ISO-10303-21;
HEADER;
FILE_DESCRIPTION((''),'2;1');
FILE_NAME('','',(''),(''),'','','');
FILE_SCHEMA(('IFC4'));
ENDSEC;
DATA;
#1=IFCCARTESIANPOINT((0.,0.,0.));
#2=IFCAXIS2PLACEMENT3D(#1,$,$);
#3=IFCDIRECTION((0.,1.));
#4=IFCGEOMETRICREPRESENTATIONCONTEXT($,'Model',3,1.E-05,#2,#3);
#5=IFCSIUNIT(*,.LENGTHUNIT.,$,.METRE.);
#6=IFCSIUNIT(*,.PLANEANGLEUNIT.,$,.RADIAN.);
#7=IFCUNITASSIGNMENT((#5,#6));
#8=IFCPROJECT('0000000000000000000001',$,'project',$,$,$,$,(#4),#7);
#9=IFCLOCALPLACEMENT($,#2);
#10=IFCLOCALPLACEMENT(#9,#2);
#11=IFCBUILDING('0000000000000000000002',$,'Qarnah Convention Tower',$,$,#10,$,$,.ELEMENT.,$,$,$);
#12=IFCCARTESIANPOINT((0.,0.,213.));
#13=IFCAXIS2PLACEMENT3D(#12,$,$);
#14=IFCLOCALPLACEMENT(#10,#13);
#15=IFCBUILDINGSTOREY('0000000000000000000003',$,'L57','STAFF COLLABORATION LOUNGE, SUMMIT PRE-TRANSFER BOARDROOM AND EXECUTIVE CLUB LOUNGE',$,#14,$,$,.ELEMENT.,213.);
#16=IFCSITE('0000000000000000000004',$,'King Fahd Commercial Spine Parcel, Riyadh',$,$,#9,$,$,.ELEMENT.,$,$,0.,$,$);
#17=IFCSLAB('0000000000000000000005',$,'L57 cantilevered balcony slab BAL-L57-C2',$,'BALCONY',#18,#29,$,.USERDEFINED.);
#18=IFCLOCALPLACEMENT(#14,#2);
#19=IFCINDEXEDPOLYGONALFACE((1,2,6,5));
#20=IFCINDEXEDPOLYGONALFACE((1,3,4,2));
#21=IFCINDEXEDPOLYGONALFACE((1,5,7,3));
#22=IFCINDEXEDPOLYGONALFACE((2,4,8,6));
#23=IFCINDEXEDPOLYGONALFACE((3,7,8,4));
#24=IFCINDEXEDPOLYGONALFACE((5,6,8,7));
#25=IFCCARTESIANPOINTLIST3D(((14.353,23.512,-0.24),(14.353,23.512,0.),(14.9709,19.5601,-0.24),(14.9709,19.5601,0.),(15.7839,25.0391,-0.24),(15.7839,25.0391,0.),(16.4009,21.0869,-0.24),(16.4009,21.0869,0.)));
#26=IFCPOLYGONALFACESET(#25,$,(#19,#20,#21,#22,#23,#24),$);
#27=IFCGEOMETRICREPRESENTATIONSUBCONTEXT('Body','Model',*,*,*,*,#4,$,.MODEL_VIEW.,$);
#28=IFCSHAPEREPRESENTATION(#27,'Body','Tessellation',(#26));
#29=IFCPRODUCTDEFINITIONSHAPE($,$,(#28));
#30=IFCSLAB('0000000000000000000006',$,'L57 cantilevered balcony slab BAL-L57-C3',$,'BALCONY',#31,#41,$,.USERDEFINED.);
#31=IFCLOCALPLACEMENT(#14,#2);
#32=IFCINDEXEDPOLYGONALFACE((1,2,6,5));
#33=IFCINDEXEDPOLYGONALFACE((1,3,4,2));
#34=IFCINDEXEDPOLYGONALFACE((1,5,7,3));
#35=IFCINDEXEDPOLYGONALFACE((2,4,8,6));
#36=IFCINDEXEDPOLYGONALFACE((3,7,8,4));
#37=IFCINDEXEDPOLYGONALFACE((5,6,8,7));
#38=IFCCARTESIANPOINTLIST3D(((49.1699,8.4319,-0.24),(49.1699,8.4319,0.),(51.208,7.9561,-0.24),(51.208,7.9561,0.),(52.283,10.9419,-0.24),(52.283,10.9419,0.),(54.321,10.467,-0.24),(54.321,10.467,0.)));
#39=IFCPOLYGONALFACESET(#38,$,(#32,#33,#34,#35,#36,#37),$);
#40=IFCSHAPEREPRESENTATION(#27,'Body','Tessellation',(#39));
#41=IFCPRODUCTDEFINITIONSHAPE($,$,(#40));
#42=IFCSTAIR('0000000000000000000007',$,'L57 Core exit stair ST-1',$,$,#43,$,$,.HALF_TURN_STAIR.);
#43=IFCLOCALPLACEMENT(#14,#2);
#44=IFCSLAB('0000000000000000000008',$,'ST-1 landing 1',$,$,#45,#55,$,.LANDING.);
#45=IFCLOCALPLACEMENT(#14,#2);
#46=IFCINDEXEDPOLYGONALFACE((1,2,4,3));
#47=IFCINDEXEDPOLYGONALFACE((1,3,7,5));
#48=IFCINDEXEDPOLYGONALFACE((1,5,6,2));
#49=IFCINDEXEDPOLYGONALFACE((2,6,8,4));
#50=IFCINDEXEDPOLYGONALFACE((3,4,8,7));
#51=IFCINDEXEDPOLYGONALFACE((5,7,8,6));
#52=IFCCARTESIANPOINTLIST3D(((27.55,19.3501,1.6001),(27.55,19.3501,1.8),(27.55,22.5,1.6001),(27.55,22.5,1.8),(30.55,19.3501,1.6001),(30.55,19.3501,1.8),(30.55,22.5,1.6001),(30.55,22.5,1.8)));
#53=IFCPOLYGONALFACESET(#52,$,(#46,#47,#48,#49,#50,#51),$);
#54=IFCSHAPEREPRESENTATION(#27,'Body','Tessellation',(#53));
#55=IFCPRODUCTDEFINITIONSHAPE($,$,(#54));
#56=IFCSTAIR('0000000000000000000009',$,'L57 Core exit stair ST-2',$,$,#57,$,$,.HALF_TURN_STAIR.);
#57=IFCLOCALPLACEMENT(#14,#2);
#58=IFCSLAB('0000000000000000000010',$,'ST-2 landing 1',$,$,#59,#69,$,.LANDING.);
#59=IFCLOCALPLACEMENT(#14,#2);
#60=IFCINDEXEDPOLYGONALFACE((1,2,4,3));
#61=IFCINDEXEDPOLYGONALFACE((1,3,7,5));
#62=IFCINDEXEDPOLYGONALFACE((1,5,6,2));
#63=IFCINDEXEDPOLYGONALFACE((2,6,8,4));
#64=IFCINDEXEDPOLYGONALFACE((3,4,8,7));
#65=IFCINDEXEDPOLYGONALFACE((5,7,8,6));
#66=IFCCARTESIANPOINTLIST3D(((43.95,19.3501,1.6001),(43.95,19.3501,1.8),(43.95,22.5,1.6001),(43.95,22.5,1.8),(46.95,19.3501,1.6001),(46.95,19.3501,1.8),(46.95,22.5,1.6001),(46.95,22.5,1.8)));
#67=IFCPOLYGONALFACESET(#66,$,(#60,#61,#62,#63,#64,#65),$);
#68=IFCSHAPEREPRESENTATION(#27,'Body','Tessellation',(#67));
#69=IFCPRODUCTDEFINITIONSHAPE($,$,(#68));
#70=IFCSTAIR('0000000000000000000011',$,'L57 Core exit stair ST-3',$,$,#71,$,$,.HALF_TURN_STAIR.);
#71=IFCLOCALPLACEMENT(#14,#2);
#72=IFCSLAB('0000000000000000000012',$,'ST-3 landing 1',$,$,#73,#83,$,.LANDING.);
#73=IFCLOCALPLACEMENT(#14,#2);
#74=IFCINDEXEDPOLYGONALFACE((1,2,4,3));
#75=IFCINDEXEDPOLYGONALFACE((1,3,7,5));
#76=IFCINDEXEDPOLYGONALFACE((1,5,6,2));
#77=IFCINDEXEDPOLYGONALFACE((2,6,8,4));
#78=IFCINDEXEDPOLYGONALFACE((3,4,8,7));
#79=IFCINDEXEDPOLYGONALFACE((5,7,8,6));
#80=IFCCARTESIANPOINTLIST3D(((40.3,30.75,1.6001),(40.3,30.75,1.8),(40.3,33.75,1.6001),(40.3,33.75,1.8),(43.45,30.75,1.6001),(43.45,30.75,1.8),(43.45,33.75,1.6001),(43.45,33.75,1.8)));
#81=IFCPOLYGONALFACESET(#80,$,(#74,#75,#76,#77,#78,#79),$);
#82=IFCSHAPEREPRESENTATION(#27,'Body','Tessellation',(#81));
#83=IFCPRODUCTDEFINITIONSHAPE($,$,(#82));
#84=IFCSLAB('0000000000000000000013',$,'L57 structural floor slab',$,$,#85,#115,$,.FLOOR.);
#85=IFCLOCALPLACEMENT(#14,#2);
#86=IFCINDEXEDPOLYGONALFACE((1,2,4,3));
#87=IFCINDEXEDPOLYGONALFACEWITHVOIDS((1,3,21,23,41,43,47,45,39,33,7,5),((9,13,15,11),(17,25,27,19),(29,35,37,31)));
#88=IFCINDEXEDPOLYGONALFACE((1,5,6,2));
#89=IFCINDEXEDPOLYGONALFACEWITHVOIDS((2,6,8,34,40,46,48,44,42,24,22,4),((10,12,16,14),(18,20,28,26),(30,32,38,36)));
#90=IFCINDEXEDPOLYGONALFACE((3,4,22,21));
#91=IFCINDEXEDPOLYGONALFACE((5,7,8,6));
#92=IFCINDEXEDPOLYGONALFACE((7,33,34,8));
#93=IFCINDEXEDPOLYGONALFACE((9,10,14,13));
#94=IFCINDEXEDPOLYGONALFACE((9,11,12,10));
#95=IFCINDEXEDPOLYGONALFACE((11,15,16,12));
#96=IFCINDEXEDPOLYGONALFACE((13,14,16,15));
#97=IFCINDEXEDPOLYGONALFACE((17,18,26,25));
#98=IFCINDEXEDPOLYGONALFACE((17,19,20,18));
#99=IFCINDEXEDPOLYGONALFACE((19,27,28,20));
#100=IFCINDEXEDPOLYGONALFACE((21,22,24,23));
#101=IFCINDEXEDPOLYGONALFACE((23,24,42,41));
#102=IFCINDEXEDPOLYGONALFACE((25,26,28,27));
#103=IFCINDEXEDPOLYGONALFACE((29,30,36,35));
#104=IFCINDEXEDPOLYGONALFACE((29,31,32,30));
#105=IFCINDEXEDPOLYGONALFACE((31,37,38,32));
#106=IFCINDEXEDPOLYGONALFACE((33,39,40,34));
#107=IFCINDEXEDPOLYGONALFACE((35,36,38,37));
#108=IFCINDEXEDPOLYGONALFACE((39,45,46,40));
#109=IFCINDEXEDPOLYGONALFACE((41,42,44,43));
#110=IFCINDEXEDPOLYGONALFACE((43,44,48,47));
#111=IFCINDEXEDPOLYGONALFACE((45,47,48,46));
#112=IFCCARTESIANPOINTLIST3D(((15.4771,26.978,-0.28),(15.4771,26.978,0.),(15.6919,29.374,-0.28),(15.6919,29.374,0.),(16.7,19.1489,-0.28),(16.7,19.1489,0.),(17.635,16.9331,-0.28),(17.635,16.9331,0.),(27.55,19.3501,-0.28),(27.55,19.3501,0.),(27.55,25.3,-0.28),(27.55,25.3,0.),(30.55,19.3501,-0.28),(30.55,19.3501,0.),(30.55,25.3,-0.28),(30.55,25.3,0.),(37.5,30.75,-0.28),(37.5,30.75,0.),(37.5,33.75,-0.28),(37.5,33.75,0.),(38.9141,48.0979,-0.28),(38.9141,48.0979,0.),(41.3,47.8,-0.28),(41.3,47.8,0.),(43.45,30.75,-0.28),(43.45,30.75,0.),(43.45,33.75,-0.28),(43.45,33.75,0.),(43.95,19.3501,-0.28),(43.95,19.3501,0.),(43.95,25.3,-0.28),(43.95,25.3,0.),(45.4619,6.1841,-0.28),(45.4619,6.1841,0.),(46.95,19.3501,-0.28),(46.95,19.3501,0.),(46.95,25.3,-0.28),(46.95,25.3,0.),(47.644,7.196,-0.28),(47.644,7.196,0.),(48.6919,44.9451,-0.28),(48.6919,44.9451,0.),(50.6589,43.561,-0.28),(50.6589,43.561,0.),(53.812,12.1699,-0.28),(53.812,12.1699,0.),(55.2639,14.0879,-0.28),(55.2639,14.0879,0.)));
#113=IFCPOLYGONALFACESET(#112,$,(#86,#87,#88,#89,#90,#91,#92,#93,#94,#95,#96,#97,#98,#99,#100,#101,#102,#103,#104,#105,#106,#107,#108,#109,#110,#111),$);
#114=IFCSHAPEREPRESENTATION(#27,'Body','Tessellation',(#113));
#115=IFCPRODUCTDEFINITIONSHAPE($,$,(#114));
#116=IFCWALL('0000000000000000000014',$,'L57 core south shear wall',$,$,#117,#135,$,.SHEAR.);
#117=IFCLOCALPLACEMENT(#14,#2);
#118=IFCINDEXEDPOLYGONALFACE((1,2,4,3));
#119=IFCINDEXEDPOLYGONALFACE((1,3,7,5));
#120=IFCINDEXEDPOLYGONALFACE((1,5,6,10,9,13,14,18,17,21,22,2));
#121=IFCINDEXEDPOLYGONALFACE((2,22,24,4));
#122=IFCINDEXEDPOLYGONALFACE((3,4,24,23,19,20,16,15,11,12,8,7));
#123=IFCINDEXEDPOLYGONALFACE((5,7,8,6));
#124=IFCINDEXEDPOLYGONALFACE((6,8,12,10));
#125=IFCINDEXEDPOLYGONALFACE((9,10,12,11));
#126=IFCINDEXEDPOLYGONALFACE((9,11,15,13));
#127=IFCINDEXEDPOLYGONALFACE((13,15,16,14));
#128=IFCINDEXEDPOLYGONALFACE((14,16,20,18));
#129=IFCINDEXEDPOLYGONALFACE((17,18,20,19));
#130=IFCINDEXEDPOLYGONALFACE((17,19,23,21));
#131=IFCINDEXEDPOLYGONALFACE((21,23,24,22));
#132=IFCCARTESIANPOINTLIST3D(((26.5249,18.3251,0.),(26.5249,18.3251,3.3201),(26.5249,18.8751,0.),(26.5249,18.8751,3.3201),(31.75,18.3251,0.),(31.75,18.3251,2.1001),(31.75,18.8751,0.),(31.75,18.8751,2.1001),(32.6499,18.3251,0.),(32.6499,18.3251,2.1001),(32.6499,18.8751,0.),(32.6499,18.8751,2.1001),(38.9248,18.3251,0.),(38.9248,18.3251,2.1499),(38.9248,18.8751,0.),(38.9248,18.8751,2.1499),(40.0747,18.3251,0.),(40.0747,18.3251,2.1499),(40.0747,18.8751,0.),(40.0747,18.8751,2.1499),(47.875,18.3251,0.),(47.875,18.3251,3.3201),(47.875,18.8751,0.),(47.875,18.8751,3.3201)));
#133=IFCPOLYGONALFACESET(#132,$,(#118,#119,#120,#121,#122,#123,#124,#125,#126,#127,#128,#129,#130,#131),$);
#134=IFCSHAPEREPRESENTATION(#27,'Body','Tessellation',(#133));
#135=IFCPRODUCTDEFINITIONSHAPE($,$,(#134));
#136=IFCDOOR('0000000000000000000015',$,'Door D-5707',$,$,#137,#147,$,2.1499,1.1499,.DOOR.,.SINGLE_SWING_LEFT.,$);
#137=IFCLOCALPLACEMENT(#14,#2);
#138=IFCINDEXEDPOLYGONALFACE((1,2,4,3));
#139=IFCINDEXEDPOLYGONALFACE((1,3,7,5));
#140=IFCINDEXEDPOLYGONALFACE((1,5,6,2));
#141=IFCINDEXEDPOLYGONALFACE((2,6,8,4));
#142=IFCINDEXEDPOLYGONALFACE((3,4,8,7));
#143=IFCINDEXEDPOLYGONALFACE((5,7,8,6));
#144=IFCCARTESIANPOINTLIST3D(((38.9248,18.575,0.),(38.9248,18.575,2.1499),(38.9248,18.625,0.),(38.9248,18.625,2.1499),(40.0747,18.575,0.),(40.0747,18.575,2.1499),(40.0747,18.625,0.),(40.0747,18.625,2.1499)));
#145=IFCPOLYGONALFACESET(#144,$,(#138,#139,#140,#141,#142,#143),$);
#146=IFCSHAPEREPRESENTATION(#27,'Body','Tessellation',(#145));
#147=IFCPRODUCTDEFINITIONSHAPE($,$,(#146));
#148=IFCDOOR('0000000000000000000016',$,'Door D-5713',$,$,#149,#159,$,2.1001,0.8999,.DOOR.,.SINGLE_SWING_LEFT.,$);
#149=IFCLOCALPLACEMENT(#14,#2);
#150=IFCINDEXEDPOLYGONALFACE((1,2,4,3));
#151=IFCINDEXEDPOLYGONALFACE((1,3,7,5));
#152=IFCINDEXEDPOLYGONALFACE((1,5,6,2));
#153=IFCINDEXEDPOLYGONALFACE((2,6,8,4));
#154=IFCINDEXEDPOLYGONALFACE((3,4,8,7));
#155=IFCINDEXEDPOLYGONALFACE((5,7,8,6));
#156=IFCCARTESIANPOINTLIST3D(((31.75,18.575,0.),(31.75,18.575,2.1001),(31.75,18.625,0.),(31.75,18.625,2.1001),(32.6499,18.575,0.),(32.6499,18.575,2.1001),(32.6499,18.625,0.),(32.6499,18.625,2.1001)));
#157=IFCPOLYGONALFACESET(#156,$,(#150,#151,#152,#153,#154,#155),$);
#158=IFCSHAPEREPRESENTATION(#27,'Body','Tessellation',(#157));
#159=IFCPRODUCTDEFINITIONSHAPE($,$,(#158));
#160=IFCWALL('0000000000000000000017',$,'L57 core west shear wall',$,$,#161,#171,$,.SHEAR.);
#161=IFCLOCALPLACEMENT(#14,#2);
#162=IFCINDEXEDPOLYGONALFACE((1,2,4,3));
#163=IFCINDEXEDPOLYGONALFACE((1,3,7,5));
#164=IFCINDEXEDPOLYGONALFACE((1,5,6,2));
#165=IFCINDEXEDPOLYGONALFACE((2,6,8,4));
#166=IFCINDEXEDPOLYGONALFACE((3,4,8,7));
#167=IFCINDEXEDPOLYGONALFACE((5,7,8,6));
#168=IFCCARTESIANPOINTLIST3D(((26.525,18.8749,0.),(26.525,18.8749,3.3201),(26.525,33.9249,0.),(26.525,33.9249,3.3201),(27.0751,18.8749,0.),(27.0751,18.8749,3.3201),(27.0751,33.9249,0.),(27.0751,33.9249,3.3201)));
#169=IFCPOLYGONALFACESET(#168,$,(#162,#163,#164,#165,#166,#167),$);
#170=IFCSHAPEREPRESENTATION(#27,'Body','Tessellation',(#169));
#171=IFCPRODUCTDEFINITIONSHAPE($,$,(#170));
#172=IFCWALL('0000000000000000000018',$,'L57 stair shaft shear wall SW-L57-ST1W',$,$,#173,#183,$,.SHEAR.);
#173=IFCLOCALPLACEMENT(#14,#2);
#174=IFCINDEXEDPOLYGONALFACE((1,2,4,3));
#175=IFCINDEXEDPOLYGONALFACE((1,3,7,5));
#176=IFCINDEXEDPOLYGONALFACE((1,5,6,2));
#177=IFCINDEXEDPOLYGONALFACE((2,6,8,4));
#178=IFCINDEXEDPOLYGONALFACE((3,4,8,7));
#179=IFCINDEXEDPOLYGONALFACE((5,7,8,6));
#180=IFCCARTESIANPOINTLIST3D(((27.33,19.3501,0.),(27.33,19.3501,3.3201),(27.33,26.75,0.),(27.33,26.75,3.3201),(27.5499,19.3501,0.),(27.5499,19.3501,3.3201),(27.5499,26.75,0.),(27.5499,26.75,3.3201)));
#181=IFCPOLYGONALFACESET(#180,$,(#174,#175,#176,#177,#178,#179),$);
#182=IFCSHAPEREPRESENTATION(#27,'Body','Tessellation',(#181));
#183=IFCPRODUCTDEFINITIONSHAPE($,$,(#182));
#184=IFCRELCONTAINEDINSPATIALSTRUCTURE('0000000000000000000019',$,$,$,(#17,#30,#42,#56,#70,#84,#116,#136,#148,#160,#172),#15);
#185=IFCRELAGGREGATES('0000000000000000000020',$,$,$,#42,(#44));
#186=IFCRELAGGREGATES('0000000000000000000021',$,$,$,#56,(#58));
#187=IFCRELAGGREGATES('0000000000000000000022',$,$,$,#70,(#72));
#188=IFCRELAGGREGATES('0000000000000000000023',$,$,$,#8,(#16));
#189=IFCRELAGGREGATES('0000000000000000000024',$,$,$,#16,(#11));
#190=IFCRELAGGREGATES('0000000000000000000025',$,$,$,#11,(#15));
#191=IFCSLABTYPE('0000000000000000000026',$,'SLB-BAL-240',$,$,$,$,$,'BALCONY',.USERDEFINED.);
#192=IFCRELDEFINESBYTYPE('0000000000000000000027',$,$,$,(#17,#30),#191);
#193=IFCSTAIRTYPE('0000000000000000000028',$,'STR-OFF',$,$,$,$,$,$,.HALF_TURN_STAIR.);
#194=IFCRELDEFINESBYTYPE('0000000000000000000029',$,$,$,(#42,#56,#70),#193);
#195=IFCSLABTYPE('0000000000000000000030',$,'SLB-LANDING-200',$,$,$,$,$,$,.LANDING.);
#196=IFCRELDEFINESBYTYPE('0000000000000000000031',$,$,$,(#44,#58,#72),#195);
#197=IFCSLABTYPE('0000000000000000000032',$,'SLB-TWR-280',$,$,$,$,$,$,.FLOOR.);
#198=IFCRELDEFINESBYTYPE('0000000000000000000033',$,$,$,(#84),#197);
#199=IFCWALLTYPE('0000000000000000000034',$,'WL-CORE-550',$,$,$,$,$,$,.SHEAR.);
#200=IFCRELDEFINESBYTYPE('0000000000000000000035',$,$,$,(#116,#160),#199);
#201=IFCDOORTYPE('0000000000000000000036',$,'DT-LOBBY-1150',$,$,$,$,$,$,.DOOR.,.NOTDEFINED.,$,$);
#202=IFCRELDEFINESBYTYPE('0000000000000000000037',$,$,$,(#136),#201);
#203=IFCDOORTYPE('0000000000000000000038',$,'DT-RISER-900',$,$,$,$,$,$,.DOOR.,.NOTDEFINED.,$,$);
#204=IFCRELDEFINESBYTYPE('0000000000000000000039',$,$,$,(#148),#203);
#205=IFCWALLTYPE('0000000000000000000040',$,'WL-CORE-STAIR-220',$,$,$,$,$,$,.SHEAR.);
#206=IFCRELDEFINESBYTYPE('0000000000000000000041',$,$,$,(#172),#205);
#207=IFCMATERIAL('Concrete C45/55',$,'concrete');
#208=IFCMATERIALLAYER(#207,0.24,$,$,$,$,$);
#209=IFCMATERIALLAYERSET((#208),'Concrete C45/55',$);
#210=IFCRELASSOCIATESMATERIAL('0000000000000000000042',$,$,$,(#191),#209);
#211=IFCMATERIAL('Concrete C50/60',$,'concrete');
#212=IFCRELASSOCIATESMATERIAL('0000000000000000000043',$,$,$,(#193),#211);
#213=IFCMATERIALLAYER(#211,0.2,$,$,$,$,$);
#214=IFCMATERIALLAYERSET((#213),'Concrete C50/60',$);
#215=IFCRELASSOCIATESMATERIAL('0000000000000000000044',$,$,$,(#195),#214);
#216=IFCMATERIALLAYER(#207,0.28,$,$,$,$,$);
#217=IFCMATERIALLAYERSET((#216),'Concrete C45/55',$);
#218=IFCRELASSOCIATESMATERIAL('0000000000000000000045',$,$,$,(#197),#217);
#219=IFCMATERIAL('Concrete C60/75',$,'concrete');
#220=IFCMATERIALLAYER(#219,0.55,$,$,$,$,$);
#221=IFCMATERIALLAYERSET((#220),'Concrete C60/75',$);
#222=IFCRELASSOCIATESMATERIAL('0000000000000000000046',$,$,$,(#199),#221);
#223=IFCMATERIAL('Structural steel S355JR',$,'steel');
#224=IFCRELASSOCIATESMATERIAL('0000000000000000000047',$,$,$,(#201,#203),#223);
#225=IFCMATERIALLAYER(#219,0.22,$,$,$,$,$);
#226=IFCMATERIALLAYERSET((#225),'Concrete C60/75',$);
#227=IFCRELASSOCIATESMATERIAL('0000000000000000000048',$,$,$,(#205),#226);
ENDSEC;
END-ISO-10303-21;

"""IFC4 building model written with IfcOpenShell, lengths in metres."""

from ifc_helpers import new_model, si_unit, direction, frame, frame_2d, origin, place, context, subcontext, project, spatial, polyline, rectangle, outline, extrude, material, layer, layer_set, type_object, element, fill, aggregate, save


model = new_model("IFC4")

# Units and contexts
model_context = context("Model", 3, precision=1e-05, world=origin(), true_north=direction((0.0, 1.0)))
body_context = subcontext(model_context, "Body", "Model", "MODEL_VIEW")
ifc_project = project(units=[si_unit("LENGTHUNIT", "METRE"), si_unit("PLANEANGLEUNIT", "RADIAN")], contexts=[model_context])

# Site, building, storey
site_placement = place(None, origin())
site = spatial("IfcSite", under=ifc_project, at=site_placement, Name="King Fahd Commercial Spine Parcel, Riyadh", CompositionType="ELEMENT", RefElevation=0.0)
building_placement = place(site_placement, origin())
building = spatial("IfcBuilding", under=site, at=building_placement, Name="Qarnah Convention Tower", CompositionType="ELEMENT")
storey_placement = place(building_placement, frame((0.0, 0.0, 213.0)))
storey = spatial("IfcBuildingStorey", under=building, at=storey_placement, Name="L57", Description="STAFF COLLABORATION LOUNGE, SUMMIT PRE-TRANSFER BOARDROOM AND EXECUTIVE CLUB LOUNGE", CompositionType="ELEMENT", Elevation=213.0)

# Shared definitions
ifc_material_1 = material(Name="Concrete C50/60", Category="concrete")

# Shared definitions
ifc_material_2 = material(Name="Structural steel S355JR", Category="steel")

# Slabs
ifc_material_3 = material(Name="Concrete C45/55", Category="concrete")
ifc_layer_1 = layer(ifc_material_3, 0.24)
ifc_layer_set_1 = layer_set([ifc_layer_1], Name="Concrete C45/55")
slab_type_1 = type_object("IfcSlabType", Name="SLB-BAL-240", ElementType="BALCONY", PredefinedType="USERDEFINED", material=ifc_layer_set_1)
slab_1_placement = place(storey_placement, frame((0.0, 0.0, -0.24)))
element("IfcSlab", 1, at=slab_1_placement, inside=storey, type_object=slab_type_1, Name="L57 cantilevered balcony slab BAL-L57-C2", ObjectType="BALCONY", PredefinedType="USERDEFINED", context=body_context, shape_type="SweptSolid", body=[
    extrude(outline(polyline([(14.9709, 19.5601), (14.353, 23.512), (15.7839, 25.0391), (16.4009, 21.0869), (14.9709, 19.5601)])), origin(), (0.0, 0.0, 1.0), 0.24),
])
slab_2_placement = place(storey_placement, frame((0.0, 0.0, -0.24)))
element("IfcSlab", 2, at=slab_2_placement, inside=storey, type_object=slab_type_1, Name="L57 cantilevered balcony slab BAL-L57-C3", ObjectType="BALCONY", PredefinedType="USERDEFINED", context=body_context, shape_type="SweptSolid", body=[
    extrude(outline(polyline([(54.321, 10.467), (51.208, 7.9561), (49.1699, 8.4319), (52.283, 10.9419), (54.321, 10.467)])), origin(), (0.0, 0.0, 1.0), 0.24),
])

# Stairs, slabs
stair_type = type_object("IfcStairType", Name="STR-OFF", PredefinedType="HALF_TURN_STAIR", material=ifc_material_1)
stair_1_placement = place(storey_placement, origin())
stair_1 = element("IfcStair", 3, at=stair_1_placement, inside=storey, type_object=stair_type, Name="L57 Core exit stair ST-1", PredefinedType="HALF_TURN_STAIR")
ifc_layer_2 = layer(ifc_material_1, 0.2)
ifc_layer_set_2 = layer_set([ifc_layer_2], Name="Concrete C50/60")
slab_type_2 = type_object("IfcSlabType", Name="SLB-LANDING-200", PredefinedType="LANDING", material=ifc_layer_set_2)
slab_3_placement = place(storey_placement, frame((0.0, 0.0, 1.6001)))
slab_3 = element("IfcSlab", 4, at=slab_3_placement, type_object=slab_type_2, Name="ST-1 landing 1", PredefinedType="LANDING", context=body_context, shape_type="SweptSolid", body=[
    extrude(outline(polyline([(27.55, 22.5), (27.55, 19.3501), (30.55, 19.3501), (30.55, 22.5), (27.55, 22.5)])), origin(), (0.0, 0.0, 1.0), 0.2),
])
aggregate(stair_1, [slab_3])
stair_2_placement = place(storey_placement, origin())
stair_2 = element("IfcStair", 5, at=stair_2_placement, inside=storey, type_object=stair_type, Name="L57 Core exit stair ST-2", PredefinedType="HALF_TURN_STAIR")
slab_4_placement = place(storey_placement, frame((0.0, 0.0, 1.6001)))
slab_4 = element("IfcSlab", 6, at=slab_4_placement, type_object=slab_type_2, Name="ST-2 landing 1", PredefinedType="LANDING", context=body_context, shape_type="SweptSolid", body=[
    extrude(outline(polyline([(43.95, 22.5), (43.95, 19.3501), (46.95, 19.3501), (46.95, 22.5), (43.95, 22.5)])), origin(), (0.0, 0.0, 1.0), 0.2),
])
aggregate(stair_2, [slab_4])
stair_3_placement = place(storey_placement, origin())
stair_3 = element("IfcStair", 7, at=stair_3_placement, inside=storey, type_object=stair_type, Name="L57 Core exit stair ST-3", PredefinedType="HALF_TURN_STAIR")
slab_5_placement = place(storey_placement, frame((0.0, 0.0, 1.6001)))
slab_5 = element("IfcSlab", 8, at=slab_5_placement, type_object=slab_type_2, Name="ST-3 landing 1", PredefinedType="LANDING", context=body_context, shape_type="SweptSolid", body=[
    extrude(outline(polyline([(40.3, 30.75), (43.45, 30.75), (43.45, 33.75), (40.3, 33.75), (40.3, 30.75)])), origin(), (0.0, 0.0, 1.0), 0.2),
])
aggregate(stair_3, [slab_5])

# Slab
ifc_layer_3 = layer(ifc_material_3, 0.28)
ifc_layer_set_3 = layer_set([ifc_layer_3], Name="Concrete C45/55")
slab_type_3 = type_object("IfcSlabType", Name="SLB-TWR-280", PredefinedType="FLOOR", material=ifc_layer_set_3)
slab_6_placement = place(storey_placement, frame((0.0, 0.0, -0.28)))
element("IfcSlab", 9, at=slab_6_placement, inside=storey, type_object=slab_type_3, Name="L57 structural floor slab", PredefinedType="FLOOR", context=body_context, shape_type="SweptSolid", body=[
    extrude(outline(polyline([(38.9141, 48.0979), (15.6919, 29.374), (15.4771, 26.978), (16.7, 19.1489), (17.635, 16.9331), (45.4619, 6.1841), (47.644, 7.196), (53.812, 12.1699), (55.2639, 14.0879), (50.6589, 43.561), (48.6919, 44.9451), (41.3, 47.8), (38.9141, 48.0979)]), holes=[polyline([(27.55, 25.3), (27.55, 19.3501), (30.55, 19.3501), (30.55, 25.3), (27.55, 25.3)]), polyline([(43.95, 25.3), (43.95, 19.3501), (46.95, 19.3501), (46.95, 25.3), (43.95, 25.3)]), polyline([(37.5, 30.75), (43.45, 30.75), (43.45, 33.75), (37.5, 33.75), (37.5, 30.75)])]), origin(), (0.0, 0.0, 1.0), 0.28),
])

# Wall, openings, doors
ifc_material_4 = material(Name="Concrete C60/75", Category="concrete")
ifc_layer_4 = layer(ifc_material_4, 0.55)
ifc_layer_set_4 = layer_set([ifc_layer_4], Name="Concrete C60/75")
wall_type_1 = type_object("IfcWallType", Name="WL-CORE-550", PredefinedType="SHEAR", material=ifc_layer_set_4)
wall_1_placement = place(storey_placement, frame((26.5249, 18.6001, 0.0), z_axis=(0.0, 0.0, 1.0), x_axis=(1.0, 0.0, 0.0)))
wall_1 = element("IfcWall", 10, at=wall_1_placement, inside=storey, type_object=wall_type_1, Name="L57 core south shear wall", PredefinedType="SHEAR", context=body_context, shape_type="SweptSolid", body=[
    extrude(rectangle(XDim=21.3501, YDim=0.55, at=frame_2d((10.675, 0.0))), origin(), (0.0, 0.0, 1.0), 3.3201),
])
opening_1_placement = place(wall_1_placement, frame((12.3999, 0.0, 0.0)))
opening_1 = element("IfcOpeningElement", 11, at=opening_1_placement, cuts=wall_1, PredefinedType="OPENING", context=body_context, shape_type="SweptSolid", body=[
    extrude(rectangle(XDim=1.1499, YDim=2.1499, at=frame_2d((0.575, 1.075))), frame((0.0, 0.2849, 0.0), z_axis=(0.0, -1.0, 0.0), x_axis=(1.0, 0.0, 0.0)), (0.0, 0.0, 1.0), 0.5701),
])
opening_2_placement = place(wall_1_placement, frame((5.2251, 0.0, 0.0)))
opening_2 = element("IfcOpeningElement", 12, at=opening_2_placement, cuts=wall_1, PredefinedType="OPENING", context=body_context, shape_type="SweptSolid", body=[
    extrude(rectangle(XDim=0.8999, YDim=2.1001, at=frame_2d((0.45, 1.05))), frame((0.0, 0.2849, 0.0), z_axis=(0.0, -1.0, 0.0), x_axis=(1.0, 0.0, 0.0)), (0.0, 0.0, 1.0), 0.5701),
])
door_type_1 = type_object("IfcDoorType", Name="DT-LOBBY-1150", OperationType="NOTDEFINED", PredefinedType="DOOR", material=ifc_material_2)
door_1_placement = place(opening_1_placement, origin())
door_1 = element("IfcDoor", 13, at=door_1_placement, inside=storey, type_object=door_type_1, Name="Door D-5707", OperationType="SINGLE_SWING_LEFT", OverallHeight=2.1499, OverallWidth=1.1499, PredefinedType="DOOR", context=body_context, shape_type="SweptSolid", body=[
    extrude(rectangle(XDim=1.1499, YDim=2.1499, at=frame_2d((0.575, 1.075))), frame((0.0, 0.0249, 0.0), z_axis=(0.0, -1.0, 0.0), x_axis=(1.0, 0.0, 0.0)), (0.0, 0.0, 1.0), 0.05),
])
fill(opening_1, door_1)
door_type_2 = type_object("IfcDoorType", Name="DT-RISER-900", OperationType="NOTDEFINED", PredefinedType="DOOR", material=ifc_material_2)
door_2_placement = place(opening_2_placement, origin())
door_2 = element("IfcDoor", 14, at=door_2_placement, inside=storey, type_object=door_type_2, Name="Door D-5713", OperationType="SINGLE_SWING_LEFT", OverallHeight=2.1001, OverallWidth=0.8999, PredefinedType="DOOR", context=body_context, shape_type="SweptSolid", body=[
    extrude(rectangle(XDim=0.8999, YDim=2.1001, at=frame_2d((0.45, 1.05))), frame((0.0, 0.0249, 0.0), z_axis=(0.0, -1.0, 0.0), x_axis=(1.0, 0.0, 0.0)), (0.0, 0.0, 1.0), 0.05),
])
fill(opening_2, door_2)

# Walls
wall_2_placement = place(storey_placement, frame((26.8, 18.875, 0.0), z_axis=(0.0, 0.0, 1.0), x_axis=(0.0, 1.0, 0.0)))
element("IfcWall", 15, at=wall_2_placement, inside=storey, type_object=wall_type_1, Name="L57 core west shear wall", PredefinedType="SHEAR", context=body_context, shape_type="SweptSolid", body=[
    extrude(rectangle(XDim=15.05, YDim=0.55, at=frame_2d((7.5249, 0.0))), origin(), (0.0, 0.0, 1.0), 3.3201),
])
ifc_layer_5 = layer(ifc_material_4, 0.22)
ifc_layer_set_5 = layer_set([ifc_layer_5], Name="Concrete C60/75")
wall_type_2 = type_object("IfcWallType", Name="WL-CORE-STAIR-220", PredefinedType="SHEAR", material=ifc_layer_set_5)
wall_3_placement = place(storey_placement, frame((27.4399, 19.3501, 0.0), z_axis=(0.0, 0.0, 1.0), x_axis=(0.0, 1.0, 0.0)))
element("IfcWall", 16, at=wall_3_placement, inside=storey, type_object=wall_type_2, Name="L57 stair shaft shear wall SW-L57-ST1W", PredefinedType="SHEAR", context=body_context, shape_type="SweptSolid", body=[
    extrude(rectangle(XDim=7.3999, YDim=0.22, at=frame_2d((3.7, 0.0))), origin(), (0.0, 0.0, 1.0), 3.3201),
])

save(model, "model.ifc")
